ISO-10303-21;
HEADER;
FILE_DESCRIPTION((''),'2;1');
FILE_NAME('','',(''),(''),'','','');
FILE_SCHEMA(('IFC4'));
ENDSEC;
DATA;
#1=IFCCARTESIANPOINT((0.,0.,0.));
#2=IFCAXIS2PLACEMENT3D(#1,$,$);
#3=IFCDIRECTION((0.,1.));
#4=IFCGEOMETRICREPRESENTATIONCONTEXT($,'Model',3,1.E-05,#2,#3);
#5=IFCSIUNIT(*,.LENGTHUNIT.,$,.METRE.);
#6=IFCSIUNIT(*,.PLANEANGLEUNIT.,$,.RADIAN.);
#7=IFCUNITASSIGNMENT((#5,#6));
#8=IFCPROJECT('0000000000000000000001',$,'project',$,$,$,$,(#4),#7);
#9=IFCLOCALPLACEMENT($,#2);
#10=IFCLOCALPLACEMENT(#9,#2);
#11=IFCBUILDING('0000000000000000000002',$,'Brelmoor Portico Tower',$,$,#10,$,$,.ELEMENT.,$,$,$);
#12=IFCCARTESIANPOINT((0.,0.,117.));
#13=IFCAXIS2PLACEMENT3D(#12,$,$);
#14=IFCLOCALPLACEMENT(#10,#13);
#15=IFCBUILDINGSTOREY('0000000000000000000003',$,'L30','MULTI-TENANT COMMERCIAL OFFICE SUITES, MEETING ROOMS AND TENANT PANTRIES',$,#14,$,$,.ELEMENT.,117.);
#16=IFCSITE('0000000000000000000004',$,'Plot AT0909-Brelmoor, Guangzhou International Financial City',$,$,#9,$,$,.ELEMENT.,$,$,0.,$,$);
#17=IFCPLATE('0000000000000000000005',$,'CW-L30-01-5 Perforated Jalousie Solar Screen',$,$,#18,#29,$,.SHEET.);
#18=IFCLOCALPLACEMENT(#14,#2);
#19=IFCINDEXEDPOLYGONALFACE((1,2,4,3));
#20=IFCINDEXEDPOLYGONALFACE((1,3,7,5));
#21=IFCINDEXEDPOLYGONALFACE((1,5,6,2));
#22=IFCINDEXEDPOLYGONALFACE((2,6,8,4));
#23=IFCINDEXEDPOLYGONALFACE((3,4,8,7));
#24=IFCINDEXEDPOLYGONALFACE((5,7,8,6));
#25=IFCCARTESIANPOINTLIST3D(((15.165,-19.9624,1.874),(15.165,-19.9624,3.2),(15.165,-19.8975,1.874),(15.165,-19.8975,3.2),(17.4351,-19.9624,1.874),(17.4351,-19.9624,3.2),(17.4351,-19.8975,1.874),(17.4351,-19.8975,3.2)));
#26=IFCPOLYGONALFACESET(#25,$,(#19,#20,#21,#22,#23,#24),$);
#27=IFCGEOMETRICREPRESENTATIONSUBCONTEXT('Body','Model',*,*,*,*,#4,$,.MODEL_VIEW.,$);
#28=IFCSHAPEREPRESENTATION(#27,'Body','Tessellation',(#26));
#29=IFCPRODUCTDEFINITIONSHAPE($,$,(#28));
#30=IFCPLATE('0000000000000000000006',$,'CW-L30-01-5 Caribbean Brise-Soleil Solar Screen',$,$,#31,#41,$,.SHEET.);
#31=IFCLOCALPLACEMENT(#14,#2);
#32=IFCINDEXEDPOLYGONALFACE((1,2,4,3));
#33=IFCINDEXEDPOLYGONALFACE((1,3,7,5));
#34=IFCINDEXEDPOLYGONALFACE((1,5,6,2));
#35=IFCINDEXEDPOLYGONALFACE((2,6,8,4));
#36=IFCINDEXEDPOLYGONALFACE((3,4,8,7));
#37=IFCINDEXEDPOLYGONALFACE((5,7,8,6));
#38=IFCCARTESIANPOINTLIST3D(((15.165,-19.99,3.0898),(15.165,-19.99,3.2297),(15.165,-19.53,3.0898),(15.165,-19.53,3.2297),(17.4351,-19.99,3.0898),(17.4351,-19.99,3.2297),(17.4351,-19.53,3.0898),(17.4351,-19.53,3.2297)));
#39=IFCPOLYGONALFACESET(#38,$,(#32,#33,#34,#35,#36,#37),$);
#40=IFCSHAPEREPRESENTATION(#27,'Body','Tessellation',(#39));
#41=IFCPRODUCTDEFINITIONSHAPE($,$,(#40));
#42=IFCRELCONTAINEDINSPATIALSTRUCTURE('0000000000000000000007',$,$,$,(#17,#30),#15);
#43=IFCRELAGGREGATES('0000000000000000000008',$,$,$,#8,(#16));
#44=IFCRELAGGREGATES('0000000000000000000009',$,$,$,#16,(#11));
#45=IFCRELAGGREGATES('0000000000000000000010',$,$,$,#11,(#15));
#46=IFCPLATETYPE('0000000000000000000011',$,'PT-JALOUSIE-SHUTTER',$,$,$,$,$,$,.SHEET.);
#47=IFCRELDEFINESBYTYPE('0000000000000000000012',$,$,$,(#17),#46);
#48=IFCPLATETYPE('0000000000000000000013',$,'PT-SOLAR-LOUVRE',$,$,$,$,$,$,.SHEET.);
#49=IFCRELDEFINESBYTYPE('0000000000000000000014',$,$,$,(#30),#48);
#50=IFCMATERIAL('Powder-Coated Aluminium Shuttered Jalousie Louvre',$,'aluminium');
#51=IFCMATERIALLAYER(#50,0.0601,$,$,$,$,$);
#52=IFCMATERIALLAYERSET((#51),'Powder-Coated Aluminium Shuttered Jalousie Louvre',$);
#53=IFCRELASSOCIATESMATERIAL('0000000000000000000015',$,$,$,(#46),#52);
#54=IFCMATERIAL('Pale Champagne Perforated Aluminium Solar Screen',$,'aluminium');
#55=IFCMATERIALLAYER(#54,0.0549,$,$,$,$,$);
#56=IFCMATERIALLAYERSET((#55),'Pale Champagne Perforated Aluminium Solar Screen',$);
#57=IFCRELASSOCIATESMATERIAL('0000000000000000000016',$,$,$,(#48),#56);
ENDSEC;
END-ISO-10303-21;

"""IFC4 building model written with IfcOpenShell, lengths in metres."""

from ifc_helpers import new_model, si_unit, direction, frame, origin, origin_2d, place, context, subcontext, project, spatial, rectangle, extrude, material, layer, layer_set, type_object, element, save


model = new_model("IFC4")

# Units and contexts
model_context = context("Model", 3, precision=1e-05, world=origin(), true_north=direction((0.0, 1.0)))
body_context = subcontext(model_context, "Body", "Model", "MODEL_VIEW")
ifc_project = project(units=[si_unit("LENGTHUNIT", "METRE"), si_unit("PLANEANGLEUNIT", "RADIAN")], contexts=[model_context])

# Site, building, storey
site_placement = place(None, origin())
site = spatial("IfcSite", under=ifc_project, at=site_placement, Name="Plot AT0909-Brelmoor, Guangzhou International Financial City", CompositionType="ELEMENT", RefElevation=0.0)
building_placement = place(site_placement, origin())
building = spatial("IfcBuilding", under=site, at=building_placement, Name="Brelmoor Portico Tower", CompositionType="ELEMENT")
storey_placement = place(building_placement, frame((0.0, 0.0, 117.0)))
storey = spatial("IfcBuildingStorey", under=building, at=storey_placement, Name="L30", Description="MULTI-TENANT COMMERCIAL OFFICE SUITES, MEETING ROOMS AND TENANT PANTRIES", CompositionType="ELEMENT", Elevation=117.0)

# Plates
ifc_material_1 = material(Name="Powder-Coated Aluminium Shuttered Jalousie Louvre", Category="aluminium")
ifc_layer_1 = layer(ifc_material_1, 0.0601)
ifc_layer_set_1 = layer_set([ifc_layer_1], Name="Powder-Coated Aluminium Shuttered Jalousie Louvre")
plate_type_1 = type_object("IfcPlateType", Name="PT-JALOUSIE-SHUTTER", PredefinedType="SHEET", material=ifc_layer_set_1)
plate_1_placement = place(storey_placement, frame((16.3, -19.9299, 1.874), z_axis=(0.0, 0.0, 1.0), x_axis=(1.0, 0.0, 0.0)))
element("IfcPlate", 1, at=plate_1_placement, inside=storey, type_object=plate_type_1, Name="CW-L30-01-5 Perforated Jalousie Solar Screen", PredefinedType="SHEET", context=body_context, shape_type="SweptSolid", body=[
    extrude(rectangle(XDim=2.27, YDim=0.0649, at=origin_2d()), origin(), (0.0, 0.0, 1.0), 1.3259),
])
ifc_material_2 = material(Name="Pale Champagne Perforated Aluminium Solar Screen", Category="aluminium")
ifc_layer_2 = layer(ifc_material_2, 0.0549)
ifc_layer_set_2 = layer_set([ifc_layer_2], Name="Pale Champagne Perforated Aluminium Solar Screen")
plate_type_2 = type_object("IfcPlateType", Name="PT-SOLAR-LOUVRE", PredefinedType="SHEET", material=ifc_layer_set_2)
plate_2_placement = place(storey_placement, frame((16.3, -19.76, 3.0898), z_axis=(0.0, 0.0, 1.0), x_axis=(1.0, 0.0, 0.0)))
element("IfcPlate", 2, at=plate_2_placement, inside=storey, type_object=plate_type_2, Name="CW-L30-01-5 Caribbean Brise-Soleil Solar Screen", PredefinedType="SHEET", context=body_context, shape_type="SweptSolid", body=[
    extrude(rectangle(XDim=2.27, YDim=0.46, at=origin_2d()), origin(), (0.0, 0.0, 1.0), 0.1399),
])

save(model, "model.ifc")
